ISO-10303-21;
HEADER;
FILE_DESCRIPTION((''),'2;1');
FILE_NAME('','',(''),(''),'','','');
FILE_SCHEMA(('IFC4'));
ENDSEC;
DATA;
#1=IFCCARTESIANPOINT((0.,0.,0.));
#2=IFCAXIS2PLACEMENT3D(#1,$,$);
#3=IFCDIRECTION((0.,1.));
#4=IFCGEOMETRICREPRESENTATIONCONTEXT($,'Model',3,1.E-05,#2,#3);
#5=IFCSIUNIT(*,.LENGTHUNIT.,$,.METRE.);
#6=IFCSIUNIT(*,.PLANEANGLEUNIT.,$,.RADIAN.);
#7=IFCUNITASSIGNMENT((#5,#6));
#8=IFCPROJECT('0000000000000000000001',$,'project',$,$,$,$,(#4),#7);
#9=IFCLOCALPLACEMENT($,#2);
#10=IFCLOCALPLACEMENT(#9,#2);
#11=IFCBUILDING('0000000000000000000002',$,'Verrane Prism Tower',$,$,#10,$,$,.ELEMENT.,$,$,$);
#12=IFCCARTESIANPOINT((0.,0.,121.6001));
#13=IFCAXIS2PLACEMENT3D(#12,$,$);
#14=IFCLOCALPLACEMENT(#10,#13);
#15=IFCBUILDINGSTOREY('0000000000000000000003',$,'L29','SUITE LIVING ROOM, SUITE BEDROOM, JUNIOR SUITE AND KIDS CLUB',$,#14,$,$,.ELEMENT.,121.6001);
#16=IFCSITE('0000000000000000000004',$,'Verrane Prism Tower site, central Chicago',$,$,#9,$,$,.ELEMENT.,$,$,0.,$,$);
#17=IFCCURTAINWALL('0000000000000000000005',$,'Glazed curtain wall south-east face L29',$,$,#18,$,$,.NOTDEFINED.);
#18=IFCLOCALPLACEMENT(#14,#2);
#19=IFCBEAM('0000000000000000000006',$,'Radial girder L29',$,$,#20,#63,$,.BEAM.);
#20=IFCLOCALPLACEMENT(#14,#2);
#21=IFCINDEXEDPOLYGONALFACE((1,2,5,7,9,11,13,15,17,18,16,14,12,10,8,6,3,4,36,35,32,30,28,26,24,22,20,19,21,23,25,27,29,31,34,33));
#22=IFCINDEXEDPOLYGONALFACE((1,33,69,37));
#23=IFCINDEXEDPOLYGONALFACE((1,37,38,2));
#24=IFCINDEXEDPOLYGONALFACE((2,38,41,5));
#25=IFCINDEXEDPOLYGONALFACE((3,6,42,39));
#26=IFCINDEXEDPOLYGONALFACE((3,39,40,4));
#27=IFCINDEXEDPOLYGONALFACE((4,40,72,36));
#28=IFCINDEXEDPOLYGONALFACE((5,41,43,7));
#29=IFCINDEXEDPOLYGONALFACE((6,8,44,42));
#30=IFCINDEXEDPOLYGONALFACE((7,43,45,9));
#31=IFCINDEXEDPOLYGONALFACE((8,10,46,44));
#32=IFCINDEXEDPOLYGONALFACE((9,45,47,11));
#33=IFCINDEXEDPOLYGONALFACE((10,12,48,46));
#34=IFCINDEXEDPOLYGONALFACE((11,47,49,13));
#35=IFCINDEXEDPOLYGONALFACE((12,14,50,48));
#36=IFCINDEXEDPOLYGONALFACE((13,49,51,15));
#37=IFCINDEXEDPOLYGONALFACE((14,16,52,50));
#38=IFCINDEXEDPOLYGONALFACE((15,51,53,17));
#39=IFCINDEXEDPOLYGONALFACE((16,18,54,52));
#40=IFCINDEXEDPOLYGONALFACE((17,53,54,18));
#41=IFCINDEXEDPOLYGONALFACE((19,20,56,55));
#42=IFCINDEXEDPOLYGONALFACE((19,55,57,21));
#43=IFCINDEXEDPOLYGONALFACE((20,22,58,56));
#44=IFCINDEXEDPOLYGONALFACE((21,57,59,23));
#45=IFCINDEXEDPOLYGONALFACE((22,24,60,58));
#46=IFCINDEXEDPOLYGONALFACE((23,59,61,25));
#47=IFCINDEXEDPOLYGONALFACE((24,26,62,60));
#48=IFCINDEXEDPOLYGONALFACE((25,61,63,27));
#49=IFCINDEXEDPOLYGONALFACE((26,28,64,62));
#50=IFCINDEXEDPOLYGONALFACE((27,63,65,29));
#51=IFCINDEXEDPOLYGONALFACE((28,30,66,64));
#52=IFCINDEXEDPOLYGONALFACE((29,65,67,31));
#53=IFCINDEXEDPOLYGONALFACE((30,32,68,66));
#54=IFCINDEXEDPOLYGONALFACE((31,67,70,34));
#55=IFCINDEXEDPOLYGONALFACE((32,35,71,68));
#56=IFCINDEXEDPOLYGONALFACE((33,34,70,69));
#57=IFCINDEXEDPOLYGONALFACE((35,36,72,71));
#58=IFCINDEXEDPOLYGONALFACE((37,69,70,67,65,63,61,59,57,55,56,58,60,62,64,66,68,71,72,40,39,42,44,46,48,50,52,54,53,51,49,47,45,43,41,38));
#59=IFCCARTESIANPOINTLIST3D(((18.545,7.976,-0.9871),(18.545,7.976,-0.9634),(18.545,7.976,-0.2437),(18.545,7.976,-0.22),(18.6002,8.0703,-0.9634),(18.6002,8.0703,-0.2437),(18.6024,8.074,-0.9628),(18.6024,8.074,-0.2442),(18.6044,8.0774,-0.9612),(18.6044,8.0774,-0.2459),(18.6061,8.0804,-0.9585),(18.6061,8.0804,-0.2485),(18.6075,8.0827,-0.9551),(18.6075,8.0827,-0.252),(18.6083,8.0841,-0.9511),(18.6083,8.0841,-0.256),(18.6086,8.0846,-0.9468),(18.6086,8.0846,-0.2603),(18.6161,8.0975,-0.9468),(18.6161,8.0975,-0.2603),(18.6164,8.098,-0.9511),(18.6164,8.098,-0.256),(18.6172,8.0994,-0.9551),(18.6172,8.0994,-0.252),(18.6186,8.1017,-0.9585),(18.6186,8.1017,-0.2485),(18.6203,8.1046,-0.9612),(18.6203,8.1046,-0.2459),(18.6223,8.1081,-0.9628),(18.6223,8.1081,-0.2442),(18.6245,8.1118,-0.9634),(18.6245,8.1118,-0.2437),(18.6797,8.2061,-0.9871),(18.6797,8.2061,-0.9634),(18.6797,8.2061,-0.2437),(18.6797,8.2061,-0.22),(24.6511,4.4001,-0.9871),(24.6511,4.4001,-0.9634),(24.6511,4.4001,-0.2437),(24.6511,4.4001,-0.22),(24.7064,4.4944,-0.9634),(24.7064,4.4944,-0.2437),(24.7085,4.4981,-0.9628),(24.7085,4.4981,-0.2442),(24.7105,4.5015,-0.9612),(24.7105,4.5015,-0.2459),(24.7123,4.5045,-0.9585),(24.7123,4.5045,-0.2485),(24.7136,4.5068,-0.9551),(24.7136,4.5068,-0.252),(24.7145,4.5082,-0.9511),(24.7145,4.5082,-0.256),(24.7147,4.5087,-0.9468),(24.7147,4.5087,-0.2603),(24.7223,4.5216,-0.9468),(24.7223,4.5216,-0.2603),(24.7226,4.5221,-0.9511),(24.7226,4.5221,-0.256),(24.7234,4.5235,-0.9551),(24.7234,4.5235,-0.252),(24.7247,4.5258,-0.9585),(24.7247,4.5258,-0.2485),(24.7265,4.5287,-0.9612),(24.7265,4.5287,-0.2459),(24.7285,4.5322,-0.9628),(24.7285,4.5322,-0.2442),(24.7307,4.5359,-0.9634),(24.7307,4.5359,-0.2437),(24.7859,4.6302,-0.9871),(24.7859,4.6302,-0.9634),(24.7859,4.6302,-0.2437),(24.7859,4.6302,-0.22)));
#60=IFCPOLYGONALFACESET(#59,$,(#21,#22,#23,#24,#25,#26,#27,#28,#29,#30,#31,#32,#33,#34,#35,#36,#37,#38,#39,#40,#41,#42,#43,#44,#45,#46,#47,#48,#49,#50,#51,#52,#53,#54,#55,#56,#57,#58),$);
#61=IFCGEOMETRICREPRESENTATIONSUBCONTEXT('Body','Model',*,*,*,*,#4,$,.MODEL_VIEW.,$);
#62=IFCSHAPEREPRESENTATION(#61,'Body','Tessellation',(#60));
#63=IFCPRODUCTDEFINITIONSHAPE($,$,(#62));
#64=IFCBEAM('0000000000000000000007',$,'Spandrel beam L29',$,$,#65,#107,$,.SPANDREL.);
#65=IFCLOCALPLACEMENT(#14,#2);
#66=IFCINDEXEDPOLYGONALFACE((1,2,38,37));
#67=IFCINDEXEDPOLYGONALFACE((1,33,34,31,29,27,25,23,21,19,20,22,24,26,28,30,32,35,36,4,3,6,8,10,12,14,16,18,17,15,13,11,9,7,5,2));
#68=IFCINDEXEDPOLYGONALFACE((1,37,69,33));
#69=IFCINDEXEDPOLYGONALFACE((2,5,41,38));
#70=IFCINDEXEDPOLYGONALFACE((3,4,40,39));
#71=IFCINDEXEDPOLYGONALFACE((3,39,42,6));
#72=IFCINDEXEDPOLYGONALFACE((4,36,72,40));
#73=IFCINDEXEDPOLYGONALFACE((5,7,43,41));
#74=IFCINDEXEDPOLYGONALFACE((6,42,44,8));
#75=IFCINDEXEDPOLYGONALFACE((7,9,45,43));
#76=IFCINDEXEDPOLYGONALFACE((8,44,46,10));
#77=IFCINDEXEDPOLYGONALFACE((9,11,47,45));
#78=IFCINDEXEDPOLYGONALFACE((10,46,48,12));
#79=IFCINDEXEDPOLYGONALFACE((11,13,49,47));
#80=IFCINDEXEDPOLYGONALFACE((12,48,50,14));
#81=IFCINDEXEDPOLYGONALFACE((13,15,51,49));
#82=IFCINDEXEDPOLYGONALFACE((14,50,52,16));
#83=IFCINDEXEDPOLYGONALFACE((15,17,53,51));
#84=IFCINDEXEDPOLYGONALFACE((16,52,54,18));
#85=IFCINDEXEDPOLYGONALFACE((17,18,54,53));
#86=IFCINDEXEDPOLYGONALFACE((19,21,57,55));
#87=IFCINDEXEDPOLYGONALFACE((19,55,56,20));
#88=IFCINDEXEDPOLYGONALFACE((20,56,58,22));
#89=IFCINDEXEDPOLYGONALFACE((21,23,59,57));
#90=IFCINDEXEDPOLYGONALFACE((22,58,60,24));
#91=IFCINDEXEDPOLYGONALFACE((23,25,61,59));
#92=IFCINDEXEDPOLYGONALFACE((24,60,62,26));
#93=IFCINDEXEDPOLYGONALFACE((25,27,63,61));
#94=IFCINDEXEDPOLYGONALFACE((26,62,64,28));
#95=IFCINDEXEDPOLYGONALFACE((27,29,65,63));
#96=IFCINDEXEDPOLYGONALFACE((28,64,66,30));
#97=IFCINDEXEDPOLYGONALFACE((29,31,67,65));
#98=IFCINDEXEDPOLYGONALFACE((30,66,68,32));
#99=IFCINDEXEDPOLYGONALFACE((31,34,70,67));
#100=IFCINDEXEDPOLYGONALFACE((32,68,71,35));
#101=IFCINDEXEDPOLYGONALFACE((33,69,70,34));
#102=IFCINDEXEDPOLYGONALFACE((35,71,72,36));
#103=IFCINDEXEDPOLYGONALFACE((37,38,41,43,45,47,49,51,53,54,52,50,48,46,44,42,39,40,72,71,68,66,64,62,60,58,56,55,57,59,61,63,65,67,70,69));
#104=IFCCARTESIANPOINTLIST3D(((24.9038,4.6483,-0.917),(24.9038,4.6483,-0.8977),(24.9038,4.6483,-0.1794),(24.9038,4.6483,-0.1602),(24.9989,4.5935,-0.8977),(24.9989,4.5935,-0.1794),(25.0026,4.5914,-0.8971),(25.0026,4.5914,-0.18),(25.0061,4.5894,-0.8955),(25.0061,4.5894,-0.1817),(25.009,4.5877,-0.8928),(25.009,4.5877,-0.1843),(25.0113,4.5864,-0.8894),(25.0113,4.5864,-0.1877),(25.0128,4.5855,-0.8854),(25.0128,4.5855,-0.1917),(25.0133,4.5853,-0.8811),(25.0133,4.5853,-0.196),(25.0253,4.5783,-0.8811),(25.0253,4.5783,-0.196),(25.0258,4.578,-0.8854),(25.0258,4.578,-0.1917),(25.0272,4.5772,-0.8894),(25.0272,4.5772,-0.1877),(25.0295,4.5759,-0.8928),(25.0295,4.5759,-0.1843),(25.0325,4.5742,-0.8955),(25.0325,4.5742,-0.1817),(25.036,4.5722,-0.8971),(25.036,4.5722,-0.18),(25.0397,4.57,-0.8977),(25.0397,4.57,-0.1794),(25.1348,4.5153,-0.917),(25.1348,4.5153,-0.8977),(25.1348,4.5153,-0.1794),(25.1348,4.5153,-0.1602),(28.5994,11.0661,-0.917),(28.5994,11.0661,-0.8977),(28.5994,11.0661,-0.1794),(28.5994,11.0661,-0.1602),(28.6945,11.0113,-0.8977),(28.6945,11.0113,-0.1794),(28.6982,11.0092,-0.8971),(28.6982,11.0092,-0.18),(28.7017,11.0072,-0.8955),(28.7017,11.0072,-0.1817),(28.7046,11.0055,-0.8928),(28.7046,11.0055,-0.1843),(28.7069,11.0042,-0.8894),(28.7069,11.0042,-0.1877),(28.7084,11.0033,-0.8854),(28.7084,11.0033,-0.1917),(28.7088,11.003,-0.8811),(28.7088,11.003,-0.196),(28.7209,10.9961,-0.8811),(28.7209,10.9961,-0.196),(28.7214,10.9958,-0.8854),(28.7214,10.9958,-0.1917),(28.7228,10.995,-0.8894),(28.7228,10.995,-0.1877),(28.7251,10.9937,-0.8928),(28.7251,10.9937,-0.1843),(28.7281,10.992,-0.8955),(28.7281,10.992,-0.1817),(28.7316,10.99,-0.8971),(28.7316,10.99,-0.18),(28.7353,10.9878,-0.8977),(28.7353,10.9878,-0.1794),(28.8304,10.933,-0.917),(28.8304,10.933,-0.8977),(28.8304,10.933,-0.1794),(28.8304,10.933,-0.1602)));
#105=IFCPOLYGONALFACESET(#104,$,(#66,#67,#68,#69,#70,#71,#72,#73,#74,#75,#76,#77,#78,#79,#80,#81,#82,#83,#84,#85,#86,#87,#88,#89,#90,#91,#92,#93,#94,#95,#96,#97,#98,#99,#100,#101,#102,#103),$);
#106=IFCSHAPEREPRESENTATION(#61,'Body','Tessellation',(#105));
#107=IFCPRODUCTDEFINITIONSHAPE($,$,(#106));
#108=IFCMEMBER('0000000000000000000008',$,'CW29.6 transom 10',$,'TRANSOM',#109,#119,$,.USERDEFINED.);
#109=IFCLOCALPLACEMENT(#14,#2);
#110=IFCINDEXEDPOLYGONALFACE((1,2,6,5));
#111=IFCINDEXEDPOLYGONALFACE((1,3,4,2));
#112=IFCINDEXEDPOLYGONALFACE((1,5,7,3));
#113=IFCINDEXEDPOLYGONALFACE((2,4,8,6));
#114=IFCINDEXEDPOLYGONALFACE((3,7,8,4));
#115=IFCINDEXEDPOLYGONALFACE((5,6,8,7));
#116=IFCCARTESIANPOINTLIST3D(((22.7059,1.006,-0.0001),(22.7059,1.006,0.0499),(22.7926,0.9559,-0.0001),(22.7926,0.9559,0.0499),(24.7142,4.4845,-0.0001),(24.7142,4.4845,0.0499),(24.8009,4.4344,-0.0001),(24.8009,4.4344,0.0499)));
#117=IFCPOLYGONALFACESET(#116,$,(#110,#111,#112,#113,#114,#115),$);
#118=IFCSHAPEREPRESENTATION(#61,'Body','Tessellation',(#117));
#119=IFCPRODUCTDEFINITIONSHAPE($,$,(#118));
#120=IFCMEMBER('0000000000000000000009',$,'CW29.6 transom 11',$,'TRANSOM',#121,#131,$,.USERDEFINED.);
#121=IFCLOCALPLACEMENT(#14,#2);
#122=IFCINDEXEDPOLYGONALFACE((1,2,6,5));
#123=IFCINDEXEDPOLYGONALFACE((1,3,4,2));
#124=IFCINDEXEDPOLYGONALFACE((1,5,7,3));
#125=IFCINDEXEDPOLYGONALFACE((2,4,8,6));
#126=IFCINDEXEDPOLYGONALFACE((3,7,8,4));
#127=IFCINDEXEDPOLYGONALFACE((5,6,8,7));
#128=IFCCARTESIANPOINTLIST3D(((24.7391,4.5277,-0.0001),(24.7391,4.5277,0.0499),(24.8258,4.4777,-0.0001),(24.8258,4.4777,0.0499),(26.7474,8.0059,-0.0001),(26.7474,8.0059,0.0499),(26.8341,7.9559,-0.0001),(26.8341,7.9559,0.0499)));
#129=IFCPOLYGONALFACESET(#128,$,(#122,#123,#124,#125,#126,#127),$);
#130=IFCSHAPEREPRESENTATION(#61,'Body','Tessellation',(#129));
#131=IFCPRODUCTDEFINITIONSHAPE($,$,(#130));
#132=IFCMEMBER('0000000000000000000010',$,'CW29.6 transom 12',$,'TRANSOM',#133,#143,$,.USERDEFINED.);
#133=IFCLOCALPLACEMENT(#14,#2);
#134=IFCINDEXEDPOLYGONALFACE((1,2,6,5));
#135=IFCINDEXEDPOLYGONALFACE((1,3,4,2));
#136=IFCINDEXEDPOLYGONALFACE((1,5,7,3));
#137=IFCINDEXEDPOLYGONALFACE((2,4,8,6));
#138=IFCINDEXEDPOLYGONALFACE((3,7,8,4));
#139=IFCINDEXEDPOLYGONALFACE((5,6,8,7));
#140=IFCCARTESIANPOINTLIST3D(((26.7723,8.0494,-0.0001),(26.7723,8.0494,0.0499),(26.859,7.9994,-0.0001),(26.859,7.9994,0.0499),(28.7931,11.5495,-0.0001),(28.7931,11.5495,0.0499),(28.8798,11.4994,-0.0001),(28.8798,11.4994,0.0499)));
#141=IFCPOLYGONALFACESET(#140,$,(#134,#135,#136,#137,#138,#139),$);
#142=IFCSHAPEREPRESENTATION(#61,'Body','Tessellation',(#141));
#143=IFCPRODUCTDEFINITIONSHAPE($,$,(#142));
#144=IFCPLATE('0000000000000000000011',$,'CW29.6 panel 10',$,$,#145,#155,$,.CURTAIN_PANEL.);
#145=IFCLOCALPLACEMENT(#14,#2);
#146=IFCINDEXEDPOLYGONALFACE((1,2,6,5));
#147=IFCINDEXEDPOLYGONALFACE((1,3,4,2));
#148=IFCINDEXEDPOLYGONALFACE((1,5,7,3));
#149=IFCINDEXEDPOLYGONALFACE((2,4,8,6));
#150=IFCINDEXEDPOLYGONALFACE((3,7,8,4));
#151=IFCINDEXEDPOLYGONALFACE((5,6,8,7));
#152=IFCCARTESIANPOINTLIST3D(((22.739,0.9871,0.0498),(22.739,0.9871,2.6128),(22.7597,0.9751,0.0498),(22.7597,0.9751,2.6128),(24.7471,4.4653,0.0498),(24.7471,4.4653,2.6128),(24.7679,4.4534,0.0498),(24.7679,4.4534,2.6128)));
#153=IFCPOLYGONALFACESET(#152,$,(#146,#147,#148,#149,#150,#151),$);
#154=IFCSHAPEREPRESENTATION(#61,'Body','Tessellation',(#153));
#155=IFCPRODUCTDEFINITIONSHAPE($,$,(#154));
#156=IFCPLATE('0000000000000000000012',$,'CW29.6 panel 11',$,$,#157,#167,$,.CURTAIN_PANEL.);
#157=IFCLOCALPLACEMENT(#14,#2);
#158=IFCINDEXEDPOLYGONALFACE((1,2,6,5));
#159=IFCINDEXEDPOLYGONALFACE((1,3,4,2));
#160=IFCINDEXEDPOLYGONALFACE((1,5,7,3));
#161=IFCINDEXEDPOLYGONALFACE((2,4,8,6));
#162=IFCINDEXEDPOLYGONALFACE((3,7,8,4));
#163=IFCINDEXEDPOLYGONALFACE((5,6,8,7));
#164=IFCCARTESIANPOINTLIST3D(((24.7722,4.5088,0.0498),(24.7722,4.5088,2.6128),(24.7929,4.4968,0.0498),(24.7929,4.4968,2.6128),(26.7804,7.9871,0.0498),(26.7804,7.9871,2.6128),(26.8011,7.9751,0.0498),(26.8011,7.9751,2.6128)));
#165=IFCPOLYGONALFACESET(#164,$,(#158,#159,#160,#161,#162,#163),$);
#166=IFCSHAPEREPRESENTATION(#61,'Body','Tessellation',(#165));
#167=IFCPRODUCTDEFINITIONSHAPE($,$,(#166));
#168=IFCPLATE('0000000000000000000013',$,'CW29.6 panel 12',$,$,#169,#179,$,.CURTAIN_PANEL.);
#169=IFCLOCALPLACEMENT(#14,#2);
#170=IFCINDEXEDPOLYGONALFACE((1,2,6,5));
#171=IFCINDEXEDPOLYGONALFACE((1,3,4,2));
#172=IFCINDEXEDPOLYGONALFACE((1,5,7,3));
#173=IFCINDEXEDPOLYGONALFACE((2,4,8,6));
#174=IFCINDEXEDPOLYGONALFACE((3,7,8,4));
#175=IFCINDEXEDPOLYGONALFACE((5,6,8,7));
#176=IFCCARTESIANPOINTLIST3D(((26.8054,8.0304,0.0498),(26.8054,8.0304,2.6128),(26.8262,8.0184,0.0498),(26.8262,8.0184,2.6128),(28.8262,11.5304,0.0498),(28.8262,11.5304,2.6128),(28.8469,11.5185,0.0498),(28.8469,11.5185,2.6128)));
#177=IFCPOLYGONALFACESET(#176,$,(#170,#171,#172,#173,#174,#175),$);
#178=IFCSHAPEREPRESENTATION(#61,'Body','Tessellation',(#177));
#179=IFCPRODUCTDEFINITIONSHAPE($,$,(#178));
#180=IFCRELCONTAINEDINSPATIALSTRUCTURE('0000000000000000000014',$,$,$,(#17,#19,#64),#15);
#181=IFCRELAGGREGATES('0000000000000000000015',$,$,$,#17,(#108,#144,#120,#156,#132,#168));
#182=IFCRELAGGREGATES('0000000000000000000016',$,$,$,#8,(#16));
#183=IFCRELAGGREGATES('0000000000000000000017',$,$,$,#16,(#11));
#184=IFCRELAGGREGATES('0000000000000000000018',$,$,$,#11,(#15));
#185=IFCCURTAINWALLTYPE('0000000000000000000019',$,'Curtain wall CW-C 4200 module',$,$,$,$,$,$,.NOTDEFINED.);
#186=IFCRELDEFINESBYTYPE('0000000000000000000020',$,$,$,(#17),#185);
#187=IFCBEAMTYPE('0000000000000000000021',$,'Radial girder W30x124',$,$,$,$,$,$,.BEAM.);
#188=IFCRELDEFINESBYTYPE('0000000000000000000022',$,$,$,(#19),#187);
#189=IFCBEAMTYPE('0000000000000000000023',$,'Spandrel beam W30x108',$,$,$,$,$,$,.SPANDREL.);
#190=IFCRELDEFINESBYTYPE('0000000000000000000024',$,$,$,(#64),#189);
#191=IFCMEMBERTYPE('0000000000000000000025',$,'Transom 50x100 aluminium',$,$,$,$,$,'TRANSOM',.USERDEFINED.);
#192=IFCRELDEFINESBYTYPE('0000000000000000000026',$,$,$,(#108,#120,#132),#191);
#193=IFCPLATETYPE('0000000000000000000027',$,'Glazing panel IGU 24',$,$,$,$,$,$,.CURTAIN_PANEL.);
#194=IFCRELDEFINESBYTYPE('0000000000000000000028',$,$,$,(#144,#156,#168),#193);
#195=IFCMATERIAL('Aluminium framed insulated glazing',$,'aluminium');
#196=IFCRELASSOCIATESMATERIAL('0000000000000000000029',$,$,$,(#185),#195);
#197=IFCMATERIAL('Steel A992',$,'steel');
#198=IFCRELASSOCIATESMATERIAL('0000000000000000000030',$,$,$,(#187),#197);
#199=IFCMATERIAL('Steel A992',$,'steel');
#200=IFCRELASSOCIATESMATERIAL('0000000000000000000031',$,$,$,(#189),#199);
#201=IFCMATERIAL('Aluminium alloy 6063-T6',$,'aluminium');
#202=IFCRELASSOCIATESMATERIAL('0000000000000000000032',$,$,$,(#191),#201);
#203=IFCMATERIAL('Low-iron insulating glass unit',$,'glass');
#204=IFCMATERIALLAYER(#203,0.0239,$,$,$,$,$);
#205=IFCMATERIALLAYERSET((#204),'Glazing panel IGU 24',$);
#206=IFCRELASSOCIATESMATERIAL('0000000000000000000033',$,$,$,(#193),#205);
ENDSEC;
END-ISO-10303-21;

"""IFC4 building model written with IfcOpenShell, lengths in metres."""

from ifc_helpers import new_model, si_unit, direction, frame, origin, origin_2d, place, context, subcontext, project, spatial, rectangle, i_section, extrude, material, layer, layer_set, material_profile, profile_set, type_object, element, aggregate, save


model = new_model("IFC4")

# Units and contexts
model_context = context("Model", 3, precision=1e-05, world=origin(), true_north=direction((0.0, 1.0)))
body_context = subcontext(model_context, "Body", "Model", "MODEL_VIEW")
ifc_project = project(units=[si_unit("LENGTHUNIT", "METRE"), si_unit("PLANEANGLEUNIT", "RADIAN")], contexts=[model_context])

# Site, building, storey
site_placement = place(None, origin())
site = spatial("IfcSite", under=ifc_project, at=site_placement, Name="Verrane Prism Tower site, central Chicago", CompositionType="ELEMENT", RefElevation=0.0)
building_placement = place(site_placement, origin())
building = spatial("IfcBuilding", under=site, at=building_placement, Name="Verrane Prism Tower", CompositionType="ELEMENT")
storey_placement = place(building_placement, frame((0.0, 0.0, 121.6001)))
storey = spatial("IfcBuildingStorey", under=building, at=storey_placement, Name="L29", Description="SUITE LIVING ROOM, SUITE BEDROOM, JUNIOR SUITE AND KIDS CLUB", CompositionType="ELEMENT", Elevation=121.6001)

# Curtain wall
ifc_material_1 = material(Name="Aluminium framed insulated glazing", Category="aluminium")
curtain_wall_type = type_object("IfcCurtainWallType", Name="Curtain wall CW-C 4200 module", PredefinedType="NOTDEFINED", material=ifc_material_1)
curtain_wall_placement = place(storey_placement, origin())
curtain_wall = element("IfcCurtainWall", 1, at=curtain_wall_placement, inside=storey, type_object=curtain_wall_type, Name="Glazed curtain wall south-east face L29", PredefinedType="NOTDEFINED")

# Beams
ifc_material_2 = material(Name="Steel A992", Category="steel")
ifc_material_profile_1 = material_profile(ifc_material_2, i_section(OverallWidth=0.2666, OverallDepth=0.7671, WebThickness=0.0149, FlangeThickness=0.0237, FilletRadius=0.0166, at=origin_2d()), Name="W30x124")
ifc_profile_set_1 = profile_set([ifc_material_profile_1], Name="Steel A992")
beam_type_1 = type_object("IfcBeamType", Name="Radial girder W30x124", PredefinedType="BEAM", material=ifc_profile_set_1)
beam_1_placement = place(storey_placement, frame((24.7185, 4.5151, -0.6035), z_axis=(-0.862918, 0.505344, 0.0), x_axis=(-0.505344, -0.862918, 0.0)))
element("IfcBeam", 2, at=beam_1_placement, inside=storey, type_object=beam_type_1, Name="Radial girder L29", PredefinedType="BEAM", context=body_context, shape_type="SweptSolid", body=[
    extrude(i_section(OverallWidth=0.2666, OverallDepth=0.7671, WebThickness=0.0149, FlangeThickness=0.0237, FilletRadius=0.0166, at=origin_2d()), origin(), (0.0, 0.0, 1.0), 7.0762),
])
ifc_material_3 = material(Name="Steel A992", Category="steel")
ifc_material_profile_2 = material_profile(ifc_material_3, i_section(OverallWidth=0.2666, OverallDepth=0.7568, WebThickness=0.0139, FlangeThickness=0.0193, FilletRadius=0.0166, at=origin_2d()), Name="W30x108")
ifc_profile_set_2 = profile_set([ifc_material_profile_2], Name="Steel A992")
beam_type_2 = type_object("IfcBeamType", Name="Spandrel beam W30x108", PredefinedType="SPANDREL", material=ifc_profile_set_2)
beam_2_placement = place(storey_placement, frame((25.0193, 4.5818, -0.5386), z_axis=(0.499015, 0.866593, 0.0), x_axis=(-0.866593, 0.499015, 0.0)))
element("IfcBeam", 3, at=beam_2_placement, inside=storey, type_object=beam_type_2, Name="Spandrel beam L29", PredefinedType="SPANDREL", context=body_context, shape_type="SweptSolid", body=[
    extrude(i_section(OverallWidth=0.2666, OverallDepth=0.7568, WebThickness=0.0139, FlangeThickness=0.0193, FilletRadius=0.0166, at=origin_2d()), origin(), (0.0, 0.0, 1.0), 7.4058),
])

# Members
ifc_material_4 = material(Name="Aluminium alloy 6063-T6", Category="aluminium")
ifc_material_profile_3 = material_profile(ifc_material_4, rectangle(XDim=0.1001, YDim=0.05, at=origin_2d()), Name="Transom 50x100 aluminium")
ifc_profile_set_3 = profile_set([ifc_material_profile_3], Name="Aluminium alloy 6063-T6")
member_type_1 = type_object("IfcMemberType", Name="Transom 50x100 aluminium", ElementType="TRANSOM", PredefinedType="USERDEFINED", material=ifc_profile_set_3)
member_1_placement = place(storey_placement, frame((22.7493, 0.981, 0.0249), z_axis=(0.499996, 0.866028, 0.0), x_axis=(-0.866028, 0.499996, 0.0)))
member_1 = element("IfcMember", 4, at=member_1_placement, type_object=member_type_1, Name="CW29.6 transom 10", ObjectType="TRANSOM", PredefinedType="USERDEFINED", context=body_context, shape_type="SweptSolid", body=[
    extrude(rectangle(XDim=0.1001, YDim=0.05, at=origin_2d()), origin(), (0.0, 0.0, 1.0), 4.0166),
])
member_2_placement = place(storey_placement, frame((24.7825, 4.5027, 0.0249), z_axis=(0.500022, 0.866012, 0.0), x_axis=(-0.866012, 0.500022, 0.0)))
member_2 = element("IfcMember", 5, at=member_2_placement, type_object=member_type_1, Name="CW29.6 transom 11", ObjectType="TRANSOM", PredefinedType="USERDEFINED", context=body_context, shape_type="SweptSolid", body=[
    extrude(rectangle(XDim=0.1001, YDim=0.05, at=origin_2d()), origin(), (0.0, 0.0, 1.0), 4.0164),
])
member_3_placement = place(storey_placement, frame((26.8157, 8.0244, 0.0249), z_axis=(0.500005, 0.866023, 0.0), x_axis=(-0.866023, 0.500005, 0.0)))
member_3 = element("IfcMember", 6, at=member_3_placement, type_object=member_type_1, Name="CW29.6 transom 12", ObjectType="TRANSOM", PredefinedType="USERDEFINED", context=body_context, shape_type="SweptSolid", body=[
    extrude(rectangle(XDim=0.1001, YDim=0.05, at=origin_2d()), origin(), (0.0, 0.0, 1.0), 4.0415),
])

# Plates
ifc_material_5 = material(Name="Low-iron insulating glass unit", Category="glass")
ifc_layer_1 = layer(ifc_material_5, 0.0239)
ifc_layer_set_1 = layer_set([ifc_layer_1], Name="Glazing panel IGU 24")
plate_type = type_object("IfcPlateType", Name="Glazing panel IGU 24", PredefinedType="CURTAIN_PANEL", material=ifc_layer_set_1)
plate_1_placement = place(storey_placement, frame((23.7534, 2.7202, 0.0498), z_axis=(0.0, 0.0, 1.0), x_axis=(0.5, 0.866025, 0.0)))
plate_1 = element("IfcPlate", 7, at=plate_1_placement, type_object=plate_type, Name="CW29.6 panel 10", PredefinedType="CURTAIN_PANEL", context=body_context, shape_type="SweptSolid", body=[
    extrude(rectangle(XDim=4.0164, YDim=0.0239, at=origin_2d()), origin(), (0.0, 0.0, 1.0), 2.563),
])
plate_2_placement = place(storey_placement, frame((25.7866, 6.2419, 0.0498), z_axis=(0.0, 0.0, 1.0), x_axis=(0.5, 0.866025, 0.0)))
plate_2 = element("IfcPlate", 8, at=plate_2_placement, type_object=plate_type, Name="CW29.6 panel 11", PredefinedType="CURTAIN_PANEL", context=body_context, shape_type="SweptSolid", body=[
    extrude(rectangle(XDim=4.0164, YDim=0.0239, at=origin_2d()), origin(), (0.0, 0.0, 1.0), 2.563),
])
plate_3_placement = place(storey_placement, frame((27.8262, 9.7744, 0.0498), z_axis=(0.0, 0.0, 1.0), x_axis=(0.5, 0.866025, 0.0)))
plate_3 = element("IfcPlate", 9, at=plate_3_placement, type_object=plate_type, Name="CW29.6 panel 12", PredefinedType="CURTAIN_PANEL", context=body_context, shape_type="SweptSolid", body=[
    extrude(rectangle(XDim=4.0415, YDim=0.0239, at=origin_2d()), origin(), (0.0, 0.0, 1.0), 2.563),
])
aggregate(curtain_wall, [member_1, plate_1, member_2, plate_2, member_3, plate_3])

save(model, "model.ifc")
